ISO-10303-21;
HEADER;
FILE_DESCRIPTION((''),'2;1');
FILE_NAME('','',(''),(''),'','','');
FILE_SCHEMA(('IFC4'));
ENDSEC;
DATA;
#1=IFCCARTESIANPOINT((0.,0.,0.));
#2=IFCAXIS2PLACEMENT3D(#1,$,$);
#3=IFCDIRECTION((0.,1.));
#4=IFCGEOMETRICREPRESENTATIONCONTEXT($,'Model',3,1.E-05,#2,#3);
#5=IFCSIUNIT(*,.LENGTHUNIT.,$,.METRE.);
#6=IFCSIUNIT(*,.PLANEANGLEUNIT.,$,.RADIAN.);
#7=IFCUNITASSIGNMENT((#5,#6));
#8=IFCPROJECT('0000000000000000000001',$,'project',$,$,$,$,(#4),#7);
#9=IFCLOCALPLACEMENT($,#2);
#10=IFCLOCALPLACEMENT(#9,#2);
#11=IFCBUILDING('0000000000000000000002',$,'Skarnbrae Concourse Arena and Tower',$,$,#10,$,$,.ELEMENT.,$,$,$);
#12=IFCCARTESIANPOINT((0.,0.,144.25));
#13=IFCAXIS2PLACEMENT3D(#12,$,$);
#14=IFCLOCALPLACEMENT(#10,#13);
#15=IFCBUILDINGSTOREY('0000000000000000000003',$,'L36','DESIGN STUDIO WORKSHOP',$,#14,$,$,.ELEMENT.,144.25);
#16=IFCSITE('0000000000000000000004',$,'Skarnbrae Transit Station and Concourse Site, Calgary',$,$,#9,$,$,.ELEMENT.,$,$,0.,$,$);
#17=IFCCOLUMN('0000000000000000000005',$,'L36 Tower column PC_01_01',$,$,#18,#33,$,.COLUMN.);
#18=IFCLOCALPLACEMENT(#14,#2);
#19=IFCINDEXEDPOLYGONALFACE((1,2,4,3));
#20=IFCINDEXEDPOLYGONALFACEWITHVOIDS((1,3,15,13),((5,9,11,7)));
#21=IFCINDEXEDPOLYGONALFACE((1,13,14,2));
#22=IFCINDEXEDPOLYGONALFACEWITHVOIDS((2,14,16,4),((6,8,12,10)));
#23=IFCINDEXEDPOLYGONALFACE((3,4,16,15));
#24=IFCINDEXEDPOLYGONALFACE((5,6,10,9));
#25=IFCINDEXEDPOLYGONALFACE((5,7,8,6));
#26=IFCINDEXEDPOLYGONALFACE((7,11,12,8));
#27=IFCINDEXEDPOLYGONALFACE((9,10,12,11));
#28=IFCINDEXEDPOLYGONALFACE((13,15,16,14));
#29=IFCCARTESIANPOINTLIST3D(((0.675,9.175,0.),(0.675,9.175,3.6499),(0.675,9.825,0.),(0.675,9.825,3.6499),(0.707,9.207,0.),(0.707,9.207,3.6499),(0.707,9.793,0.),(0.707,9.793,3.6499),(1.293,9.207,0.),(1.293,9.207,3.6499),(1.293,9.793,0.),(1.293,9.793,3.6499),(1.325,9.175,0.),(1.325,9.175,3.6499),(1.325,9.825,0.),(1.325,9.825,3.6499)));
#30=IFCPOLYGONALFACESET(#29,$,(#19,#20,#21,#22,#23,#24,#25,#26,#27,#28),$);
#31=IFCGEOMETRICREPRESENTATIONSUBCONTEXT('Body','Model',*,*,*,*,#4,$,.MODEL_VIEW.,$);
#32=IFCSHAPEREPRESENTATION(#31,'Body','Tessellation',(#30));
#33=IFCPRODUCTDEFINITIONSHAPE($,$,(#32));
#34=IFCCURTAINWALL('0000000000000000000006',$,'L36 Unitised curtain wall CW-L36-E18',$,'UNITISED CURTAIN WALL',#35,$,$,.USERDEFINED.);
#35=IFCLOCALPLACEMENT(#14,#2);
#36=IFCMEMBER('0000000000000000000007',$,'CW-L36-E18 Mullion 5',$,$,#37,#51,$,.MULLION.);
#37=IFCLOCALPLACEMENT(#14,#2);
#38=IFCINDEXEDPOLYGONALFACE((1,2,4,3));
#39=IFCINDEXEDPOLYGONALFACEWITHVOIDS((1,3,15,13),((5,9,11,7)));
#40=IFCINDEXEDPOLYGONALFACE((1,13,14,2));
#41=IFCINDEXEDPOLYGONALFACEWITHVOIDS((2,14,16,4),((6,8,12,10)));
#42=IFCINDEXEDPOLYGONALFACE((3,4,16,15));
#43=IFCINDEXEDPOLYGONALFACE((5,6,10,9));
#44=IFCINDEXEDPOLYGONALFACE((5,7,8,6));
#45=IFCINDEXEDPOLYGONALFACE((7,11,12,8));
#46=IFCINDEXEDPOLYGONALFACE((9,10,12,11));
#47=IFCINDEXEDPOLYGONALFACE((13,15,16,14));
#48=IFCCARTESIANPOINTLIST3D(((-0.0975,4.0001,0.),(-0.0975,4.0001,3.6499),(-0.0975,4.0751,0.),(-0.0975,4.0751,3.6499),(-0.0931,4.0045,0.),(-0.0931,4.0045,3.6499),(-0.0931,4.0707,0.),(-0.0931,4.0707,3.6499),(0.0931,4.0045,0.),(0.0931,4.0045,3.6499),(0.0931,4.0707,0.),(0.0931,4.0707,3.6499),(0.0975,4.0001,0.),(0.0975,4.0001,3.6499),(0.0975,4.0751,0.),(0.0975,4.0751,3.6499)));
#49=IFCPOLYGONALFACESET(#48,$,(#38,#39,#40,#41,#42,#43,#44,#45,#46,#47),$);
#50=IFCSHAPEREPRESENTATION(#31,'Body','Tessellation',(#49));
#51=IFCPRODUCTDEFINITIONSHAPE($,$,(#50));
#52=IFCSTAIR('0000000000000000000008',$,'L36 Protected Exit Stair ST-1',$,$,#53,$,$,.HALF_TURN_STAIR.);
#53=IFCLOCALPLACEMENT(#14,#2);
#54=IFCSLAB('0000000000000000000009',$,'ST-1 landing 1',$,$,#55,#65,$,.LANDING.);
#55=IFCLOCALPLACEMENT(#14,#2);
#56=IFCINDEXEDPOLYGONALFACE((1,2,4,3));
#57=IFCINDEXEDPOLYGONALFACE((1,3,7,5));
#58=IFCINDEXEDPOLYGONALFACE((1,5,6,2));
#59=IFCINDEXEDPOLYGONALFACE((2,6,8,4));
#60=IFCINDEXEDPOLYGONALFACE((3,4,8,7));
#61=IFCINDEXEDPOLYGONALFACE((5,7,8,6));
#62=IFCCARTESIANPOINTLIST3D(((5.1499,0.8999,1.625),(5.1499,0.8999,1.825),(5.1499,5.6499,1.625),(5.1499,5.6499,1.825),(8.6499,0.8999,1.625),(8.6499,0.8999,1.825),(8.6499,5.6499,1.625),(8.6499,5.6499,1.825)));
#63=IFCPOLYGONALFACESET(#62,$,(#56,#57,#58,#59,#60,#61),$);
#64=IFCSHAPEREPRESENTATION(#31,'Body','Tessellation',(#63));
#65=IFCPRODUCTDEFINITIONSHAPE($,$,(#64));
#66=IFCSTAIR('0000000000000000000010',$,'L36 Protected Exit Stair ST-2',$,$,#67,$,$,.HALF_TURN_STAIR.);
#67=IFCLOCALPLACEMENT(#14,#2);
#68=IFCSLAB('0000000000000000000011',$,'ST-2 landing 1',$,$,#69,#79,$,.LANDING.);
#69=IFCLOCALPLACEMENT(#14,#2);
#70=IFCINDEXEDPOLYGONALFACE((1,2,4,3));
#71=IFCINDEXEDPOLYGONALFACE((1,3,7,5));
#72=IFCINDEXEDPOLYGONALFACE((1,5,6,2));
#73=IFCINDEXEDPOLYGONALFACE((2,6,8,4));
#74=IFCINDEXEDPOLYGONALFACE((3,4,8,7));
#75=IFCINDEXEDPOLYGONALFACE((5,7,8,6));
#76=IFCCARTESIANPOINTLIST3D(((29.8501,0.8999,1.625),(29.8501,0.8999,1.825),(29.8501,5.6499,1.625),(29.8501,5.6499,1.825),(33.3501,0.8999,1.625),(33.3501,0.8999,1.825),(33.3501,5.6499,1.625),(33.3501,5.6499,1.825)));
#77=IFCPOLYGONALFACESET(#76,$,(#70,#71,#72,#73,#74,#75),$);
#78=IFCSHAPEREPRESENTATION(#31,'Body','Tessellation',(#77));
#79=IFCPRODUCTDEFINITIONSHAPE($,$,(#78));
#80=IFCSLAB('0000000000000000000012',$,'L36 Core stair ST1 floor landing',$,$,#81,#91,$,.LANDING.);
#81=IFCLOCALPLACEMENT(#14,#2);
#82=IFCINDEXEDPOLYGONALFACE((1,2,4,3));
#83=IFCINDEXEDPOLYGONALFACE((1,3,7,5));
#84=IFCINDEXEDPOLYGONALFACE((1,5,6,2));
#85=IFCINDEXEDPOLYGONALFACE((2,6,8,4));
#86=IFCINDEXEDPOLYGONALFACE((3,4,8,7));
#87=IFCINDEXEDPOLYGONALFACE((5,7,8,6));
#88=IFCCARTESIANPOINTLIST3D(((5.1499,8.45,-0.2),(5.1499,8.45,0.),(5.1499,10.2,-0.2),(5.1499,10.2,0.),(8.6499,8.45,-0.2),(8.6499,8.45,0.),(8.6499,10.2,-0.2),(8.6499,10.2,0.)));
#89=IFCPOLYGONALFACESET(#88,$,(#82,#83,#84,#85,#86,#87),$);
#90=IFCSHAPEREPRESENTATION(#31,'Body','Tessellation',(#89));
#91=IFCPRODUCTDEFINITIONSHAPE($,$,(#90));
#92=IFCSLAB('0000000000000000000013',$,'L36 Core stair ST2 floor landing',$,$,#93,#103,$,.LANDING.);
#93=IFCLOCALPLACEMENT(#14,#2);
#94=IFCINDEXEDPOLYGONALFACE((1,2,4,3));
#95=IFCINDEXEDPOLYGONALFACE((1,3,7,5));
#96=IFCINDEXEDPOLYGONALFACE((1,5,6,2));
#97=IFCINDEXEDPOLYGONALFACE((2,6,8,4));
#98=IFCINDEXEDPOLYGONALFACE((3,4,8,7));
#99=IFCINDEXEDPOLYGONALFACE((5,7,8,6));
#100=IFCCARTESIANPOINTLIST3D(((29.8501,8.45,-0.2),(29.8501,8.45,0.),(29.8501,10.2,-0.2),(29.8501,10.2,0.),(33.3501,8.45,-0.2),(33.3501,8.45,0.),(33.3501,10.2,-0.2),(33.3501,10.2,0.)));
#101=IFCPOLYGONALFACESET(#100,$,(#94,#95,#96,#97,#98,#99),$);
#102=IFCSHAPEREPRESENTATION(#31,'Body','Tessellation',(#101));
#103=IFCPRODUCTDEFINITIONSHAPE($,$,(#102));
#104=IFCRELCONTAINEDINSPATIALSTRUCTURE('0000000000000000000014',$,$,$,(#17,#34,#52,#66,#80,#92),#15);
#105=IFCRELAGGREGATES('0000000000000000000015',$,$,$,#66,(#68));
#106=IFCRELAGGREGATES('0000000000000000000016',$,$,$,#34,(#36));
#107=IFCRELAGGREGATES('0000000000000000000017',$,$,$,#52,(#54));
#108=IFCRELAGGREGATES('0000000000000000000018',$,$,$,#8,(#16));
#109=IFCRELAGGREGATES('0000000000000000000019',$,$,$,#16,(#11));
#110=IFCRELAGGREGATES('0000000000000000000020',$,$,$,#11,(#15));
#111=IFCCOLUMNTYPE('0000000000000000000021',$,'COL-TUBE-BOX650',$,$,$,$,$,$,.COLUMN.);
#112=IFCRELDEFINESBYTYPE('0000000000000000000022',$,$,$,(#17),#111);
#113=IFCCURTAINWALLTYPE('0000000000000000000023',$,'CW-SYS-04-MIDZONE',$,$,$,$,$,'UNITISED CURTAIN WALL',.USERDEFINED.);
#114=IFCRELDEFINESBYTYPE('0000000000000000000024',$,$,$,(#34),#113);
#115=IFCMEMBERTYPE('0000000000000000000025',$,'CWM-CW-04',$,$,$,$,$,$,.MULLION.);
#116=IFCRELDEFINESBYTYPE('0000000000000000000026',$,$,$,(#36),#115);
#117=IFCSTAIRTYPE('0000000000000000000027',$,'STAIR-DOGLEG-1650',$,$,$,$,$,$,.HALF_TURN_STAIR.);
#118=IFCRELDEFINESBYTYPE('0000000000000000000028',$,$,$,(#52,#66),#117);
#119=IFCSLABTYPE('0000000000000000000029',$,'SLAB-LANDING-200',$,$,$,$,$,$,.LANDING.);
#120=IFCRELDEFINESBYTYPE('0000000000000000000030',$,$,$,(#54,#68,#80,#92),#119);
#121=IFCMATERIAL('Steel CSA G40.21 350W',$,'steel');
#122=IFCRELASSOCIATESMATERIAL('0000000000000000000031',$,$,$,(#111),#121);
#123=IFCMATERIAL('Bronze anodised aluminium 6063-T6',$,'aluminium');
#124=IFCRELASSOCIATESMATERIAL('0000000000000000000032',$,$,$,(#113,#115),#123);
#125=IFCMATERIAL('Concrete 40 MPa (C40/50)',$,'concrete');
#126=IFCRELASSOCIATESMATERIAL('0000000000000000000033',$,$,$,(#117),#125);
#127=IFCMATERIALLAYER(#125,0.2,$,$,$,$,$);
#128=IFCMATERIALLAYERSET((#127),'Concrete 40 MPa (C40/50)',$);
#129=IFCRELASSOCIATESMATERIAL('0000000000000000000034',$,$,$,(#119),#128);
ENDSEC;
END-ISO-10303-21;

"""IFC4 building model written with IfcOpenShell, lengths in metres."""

from ifc_helpers import new_model, si_unit, direction, frame, origin, origin_2d, place, context, subcontext, project, spatial, polyline, hollow_rectangle, outline, extrude, source, transform, mapped, material, layer, layer_set, material_profile, profile_set, type_object, element, aggregate, save


model = new_model("IFC4")

# Units and contexts
model_context = context("Model", 3, precision=1e-05, world=origin(), true_north=direction((0.0, 1.0)))
body_context = subcontext(model_context, "Body", "Model", "MODEL_VIEW")
ifc_project = project(units=[si_unit("LENGTHUNIT", "METRE"), si_unit("PLANEANGLEUNIT", "RADIAN")], contexts=[model_context])

# Site, building, storey
site_placement = place(None, origin())
site = spatial("IfcSite", under=ifc_project, at=site_placement, Name="Skarnbrae Transit Station and Concourse Site, Calgary", CompositionType="ELEMENT", RefElevation=0.0)
building_placement = place(site_placement, origin())
building = spatial("IfcBuilding", under=site, at=building_placement, Name="Skarnbrae Concourse Arena and Tower", CompositionType="ELEMENT")
storey_placement = place(building_placement, frame((0.0, 0.0, 144.25)))
storey = spatial("IfcBuildingStorey", under=building, at=storey_placement, Name="L36", Description="DESIGN STUDIO WORKSHOP", CompositionType="ELEMENT", Elevation=144.25)

# Column
ifc_material_1 = material(Name="Steel CSA G40.21 350W", Category="steel")
ifc_material_profile_1 = material_profile(ifc_material_1, hollow_rectangle(XDim=0.6499, YDim=0.6499, WallThickness=0.032, at=origin_2d()), Name="BOX650X650X32")
ifc_profile_set_1 = profile_set([ifc_material_profile_1], Name="Steel CSA G40.21 350W")
column_type = type_object("IfcColumnType", Name="COL-TUBE-BOX650", PredefinedType="COLUMN", material=ifc_profile_set_1)
shared_shape_1 = source(origin(), body_context, "Body", "SweptSolid", [
    extrude(hollow_rectangle(XDim=0.6499, YDim=0.6499, WallThickness=0.032, at=origin_2d()), origin(), (0.0, 0.0, 1.0), 3.6499),
])
column_placement = place(storey_placement, frame((1.0, 9.5, 0.0), z_axis=(0.0, 0.0, 1.0), x_axis=(1.0, 0.0, 0.0)))
element("IfcColumn", 1, at=column_placement, inside=storey, type_object=column_type, Name="L36 Tower column PC_01_01", PredefinedType="COLUMN", context=body_context, shape_type="MappedRepresentation", body=[
    mapped(shared_shape_1, transform((0.0, 0.0, 0.0))),
])

# Curtain wall, member
ifc_material_2 = material(Name="Bronze anodised aluminium 6063-T6", Category="aluminium")
curtain_wall_type = type_object("IfcCurtainWallType", Name="CW-SYS-04-MIDZONE", ElementType="UNITISED CURTAIN WALL", PredefinedType="USERDEFINED", material=ifc_material_2)
curtain_wall_placement = place(storey_placement, origin())
curtain_wall = element("IfcCurtainWall", 2, at=curtain_wall_placement, inside=storey, type_object=curtain_wall_type, Name="L36 Unitised curtain wall CW-L36-E18", ObjectType="UNITISED CURTAIN WALL", PredefinedType="USERDEFINED")
ifc_material_profile_2 = material_profile(ifc_material_2, hollow_rectangle(XDim=0.075, YDim=0.1951, WallThickness=0.0044, at=origin_2d()), Name="ALU-MULL-75X195")
ifc_profile_set_2 = profile_set([ifc_material_profile_2], Name="Bronze anodised aluminium 6063-T6")
member_type = type_object("IfcMemberType", Name="CWM-CW-04", PredefinedType="MULLION", material=ifc_profile_set_2)
shared_shape_2 = source(origin(), body_context, "Body", "SweptSolid", [
    extrude(hollow_rectangle(XDim=0.075, YDim=0.1951, WallThickness=0.0044, at=origin_2d()), origin(), (0.0, 0.0, 1.0), 3.6499),
])
member_placement = place(storey_placement, frame((0.0, 4.0376, 0.0), z_axis=(0.0, 0.0, 1.0), x_axis=(0.0, -1.0, 0.0)))
member = element("IfcMember", 3, at=member_placement, type_object=member_type, Name="CW-L36-E18 Mullion 5", PredefinedType="MULLION", context=body_context, shape_type="MappedRepresentation", body=[
    mapped(shared_shape_2, transform((0.0, 0.0, 0.0))),
])

# Stairs, slabs
ifc_material_3 = material(Name="Concrete 40 MPa (C40/50)", Category="concrete")
stair_type = type_object("IfcStairType", Name="STAIR-DOGLEG-1650", PredefinedType="HALF_TURN_STAIR", material=ifc_material_3)
stair_1_placement = place(storey_placement, origin())
stair_1 = element("IfcStair", 4, at=stair_1_placement, inside=storey, type_object=stair_type, Name="L36 Protected Exit Stair ST-1", PredefinedType="HALF_TURN_STAIR")
ifc_layer_1 = layer(ifc_material_3, 0.2)
ifc_layer_set_1 = layer_set([ifc_layer_1], Name="Concrete 40 MPa (C40/50)")
slab_type_1 = type_object("IfcSlabType", Name="SLAB-LANDING-200", PredefinedType="LANDING", material=ifc_layer_set_1)
slab_1_placement = place(storey_placement, frame((0.0, 0.0, 1.625)))
slab_1 = element("IfcSlab", 5, at=slab_1_placement, type_object=slab_type_1, Name="ST-1 landing 1", PredefinedType="LANDING", context=body_context, shape_type="SweptSolid", body=[
    extrude(outline(polyline([(5.1499, 5.6499), (5.1499, 0.8999), (8.6499, 0.8999), (8.6499, 5.6499), (5.1499, 5.6499)])), origin(), (0.0, 0.0, 1.0), 0.2),
])
stair_2_placement = place(storey_placement, origin())
stair_2 = element("IfcStair", 6, at=stair_2_placement, inside=storey, type_object=stair_type, Name="L36 Protected Exit Stair ST-2", PredefinedType="HALF_TURN_STAIR")
slab_2_placement = place(storey_placement, frame((0.0, 0.0, 1.625)))
slab_2 = element("IfcSlab", 7, at=slab_2_placement, type_object=slab_type_1, Name="ST-2 landing 1", PredefinedType="LANDING", context=body_context, shape_type="SweptSolid", body=[
    extrude(outline(polyline([(29.8501, 5.6499), (29.8501, 0.8999), (33.3501, 0.8999), (33.3501, 5.6499), (29.8501, 5.6499)])), origin(), (0.0, 0.0, 1.0), 0.2),
])
aggregate(stair_2, [slab_2])

# Slabs
slab_3_placement = place(storey_placement, frame((0.0, 0.0, -0.2)))
element("IfcSlab", 8, at=slab_3_placement, inside=storey, type_object=slab_type_1, Name="L36 Core stair ST1 floor landing", PredefinedType="LANDING", context=body_context, shape_type="SweptSolid", body=[
    extrude(outline(polyline([(5.1499, 10.2), (5.1499, 8.45), (8.6499, 8.45), (8.6499, 10.2), (5.1499, 10.2)])), origin(), (0.0, 0.0, 1.0), 0.2),
])
slab_4_placement = place(storey_placement, frame((0.0, 0.0, -0.2)))
element("IfcSlab", 9, at=slab_4_placement, inside=storey, type_object=slab_type_1, Name="L36 Core stair ST2 floor landing", PredefinedType="LANDING", context=body_context, shape_type="SweptSolid", body=[
    extrude(outline(polyline([(29.8501, 10.2), (29.8501, 8.45), (33.3501, 8.45), (33.3501, 10.2), (29.8501, 10.2)])), origin(), (0.0, 0.0, 1.0), 0.2),
])

aggregate(curtain_wall, [member])

aggregate(stair_1, [slab_1])

save(model, "model.ifc")
